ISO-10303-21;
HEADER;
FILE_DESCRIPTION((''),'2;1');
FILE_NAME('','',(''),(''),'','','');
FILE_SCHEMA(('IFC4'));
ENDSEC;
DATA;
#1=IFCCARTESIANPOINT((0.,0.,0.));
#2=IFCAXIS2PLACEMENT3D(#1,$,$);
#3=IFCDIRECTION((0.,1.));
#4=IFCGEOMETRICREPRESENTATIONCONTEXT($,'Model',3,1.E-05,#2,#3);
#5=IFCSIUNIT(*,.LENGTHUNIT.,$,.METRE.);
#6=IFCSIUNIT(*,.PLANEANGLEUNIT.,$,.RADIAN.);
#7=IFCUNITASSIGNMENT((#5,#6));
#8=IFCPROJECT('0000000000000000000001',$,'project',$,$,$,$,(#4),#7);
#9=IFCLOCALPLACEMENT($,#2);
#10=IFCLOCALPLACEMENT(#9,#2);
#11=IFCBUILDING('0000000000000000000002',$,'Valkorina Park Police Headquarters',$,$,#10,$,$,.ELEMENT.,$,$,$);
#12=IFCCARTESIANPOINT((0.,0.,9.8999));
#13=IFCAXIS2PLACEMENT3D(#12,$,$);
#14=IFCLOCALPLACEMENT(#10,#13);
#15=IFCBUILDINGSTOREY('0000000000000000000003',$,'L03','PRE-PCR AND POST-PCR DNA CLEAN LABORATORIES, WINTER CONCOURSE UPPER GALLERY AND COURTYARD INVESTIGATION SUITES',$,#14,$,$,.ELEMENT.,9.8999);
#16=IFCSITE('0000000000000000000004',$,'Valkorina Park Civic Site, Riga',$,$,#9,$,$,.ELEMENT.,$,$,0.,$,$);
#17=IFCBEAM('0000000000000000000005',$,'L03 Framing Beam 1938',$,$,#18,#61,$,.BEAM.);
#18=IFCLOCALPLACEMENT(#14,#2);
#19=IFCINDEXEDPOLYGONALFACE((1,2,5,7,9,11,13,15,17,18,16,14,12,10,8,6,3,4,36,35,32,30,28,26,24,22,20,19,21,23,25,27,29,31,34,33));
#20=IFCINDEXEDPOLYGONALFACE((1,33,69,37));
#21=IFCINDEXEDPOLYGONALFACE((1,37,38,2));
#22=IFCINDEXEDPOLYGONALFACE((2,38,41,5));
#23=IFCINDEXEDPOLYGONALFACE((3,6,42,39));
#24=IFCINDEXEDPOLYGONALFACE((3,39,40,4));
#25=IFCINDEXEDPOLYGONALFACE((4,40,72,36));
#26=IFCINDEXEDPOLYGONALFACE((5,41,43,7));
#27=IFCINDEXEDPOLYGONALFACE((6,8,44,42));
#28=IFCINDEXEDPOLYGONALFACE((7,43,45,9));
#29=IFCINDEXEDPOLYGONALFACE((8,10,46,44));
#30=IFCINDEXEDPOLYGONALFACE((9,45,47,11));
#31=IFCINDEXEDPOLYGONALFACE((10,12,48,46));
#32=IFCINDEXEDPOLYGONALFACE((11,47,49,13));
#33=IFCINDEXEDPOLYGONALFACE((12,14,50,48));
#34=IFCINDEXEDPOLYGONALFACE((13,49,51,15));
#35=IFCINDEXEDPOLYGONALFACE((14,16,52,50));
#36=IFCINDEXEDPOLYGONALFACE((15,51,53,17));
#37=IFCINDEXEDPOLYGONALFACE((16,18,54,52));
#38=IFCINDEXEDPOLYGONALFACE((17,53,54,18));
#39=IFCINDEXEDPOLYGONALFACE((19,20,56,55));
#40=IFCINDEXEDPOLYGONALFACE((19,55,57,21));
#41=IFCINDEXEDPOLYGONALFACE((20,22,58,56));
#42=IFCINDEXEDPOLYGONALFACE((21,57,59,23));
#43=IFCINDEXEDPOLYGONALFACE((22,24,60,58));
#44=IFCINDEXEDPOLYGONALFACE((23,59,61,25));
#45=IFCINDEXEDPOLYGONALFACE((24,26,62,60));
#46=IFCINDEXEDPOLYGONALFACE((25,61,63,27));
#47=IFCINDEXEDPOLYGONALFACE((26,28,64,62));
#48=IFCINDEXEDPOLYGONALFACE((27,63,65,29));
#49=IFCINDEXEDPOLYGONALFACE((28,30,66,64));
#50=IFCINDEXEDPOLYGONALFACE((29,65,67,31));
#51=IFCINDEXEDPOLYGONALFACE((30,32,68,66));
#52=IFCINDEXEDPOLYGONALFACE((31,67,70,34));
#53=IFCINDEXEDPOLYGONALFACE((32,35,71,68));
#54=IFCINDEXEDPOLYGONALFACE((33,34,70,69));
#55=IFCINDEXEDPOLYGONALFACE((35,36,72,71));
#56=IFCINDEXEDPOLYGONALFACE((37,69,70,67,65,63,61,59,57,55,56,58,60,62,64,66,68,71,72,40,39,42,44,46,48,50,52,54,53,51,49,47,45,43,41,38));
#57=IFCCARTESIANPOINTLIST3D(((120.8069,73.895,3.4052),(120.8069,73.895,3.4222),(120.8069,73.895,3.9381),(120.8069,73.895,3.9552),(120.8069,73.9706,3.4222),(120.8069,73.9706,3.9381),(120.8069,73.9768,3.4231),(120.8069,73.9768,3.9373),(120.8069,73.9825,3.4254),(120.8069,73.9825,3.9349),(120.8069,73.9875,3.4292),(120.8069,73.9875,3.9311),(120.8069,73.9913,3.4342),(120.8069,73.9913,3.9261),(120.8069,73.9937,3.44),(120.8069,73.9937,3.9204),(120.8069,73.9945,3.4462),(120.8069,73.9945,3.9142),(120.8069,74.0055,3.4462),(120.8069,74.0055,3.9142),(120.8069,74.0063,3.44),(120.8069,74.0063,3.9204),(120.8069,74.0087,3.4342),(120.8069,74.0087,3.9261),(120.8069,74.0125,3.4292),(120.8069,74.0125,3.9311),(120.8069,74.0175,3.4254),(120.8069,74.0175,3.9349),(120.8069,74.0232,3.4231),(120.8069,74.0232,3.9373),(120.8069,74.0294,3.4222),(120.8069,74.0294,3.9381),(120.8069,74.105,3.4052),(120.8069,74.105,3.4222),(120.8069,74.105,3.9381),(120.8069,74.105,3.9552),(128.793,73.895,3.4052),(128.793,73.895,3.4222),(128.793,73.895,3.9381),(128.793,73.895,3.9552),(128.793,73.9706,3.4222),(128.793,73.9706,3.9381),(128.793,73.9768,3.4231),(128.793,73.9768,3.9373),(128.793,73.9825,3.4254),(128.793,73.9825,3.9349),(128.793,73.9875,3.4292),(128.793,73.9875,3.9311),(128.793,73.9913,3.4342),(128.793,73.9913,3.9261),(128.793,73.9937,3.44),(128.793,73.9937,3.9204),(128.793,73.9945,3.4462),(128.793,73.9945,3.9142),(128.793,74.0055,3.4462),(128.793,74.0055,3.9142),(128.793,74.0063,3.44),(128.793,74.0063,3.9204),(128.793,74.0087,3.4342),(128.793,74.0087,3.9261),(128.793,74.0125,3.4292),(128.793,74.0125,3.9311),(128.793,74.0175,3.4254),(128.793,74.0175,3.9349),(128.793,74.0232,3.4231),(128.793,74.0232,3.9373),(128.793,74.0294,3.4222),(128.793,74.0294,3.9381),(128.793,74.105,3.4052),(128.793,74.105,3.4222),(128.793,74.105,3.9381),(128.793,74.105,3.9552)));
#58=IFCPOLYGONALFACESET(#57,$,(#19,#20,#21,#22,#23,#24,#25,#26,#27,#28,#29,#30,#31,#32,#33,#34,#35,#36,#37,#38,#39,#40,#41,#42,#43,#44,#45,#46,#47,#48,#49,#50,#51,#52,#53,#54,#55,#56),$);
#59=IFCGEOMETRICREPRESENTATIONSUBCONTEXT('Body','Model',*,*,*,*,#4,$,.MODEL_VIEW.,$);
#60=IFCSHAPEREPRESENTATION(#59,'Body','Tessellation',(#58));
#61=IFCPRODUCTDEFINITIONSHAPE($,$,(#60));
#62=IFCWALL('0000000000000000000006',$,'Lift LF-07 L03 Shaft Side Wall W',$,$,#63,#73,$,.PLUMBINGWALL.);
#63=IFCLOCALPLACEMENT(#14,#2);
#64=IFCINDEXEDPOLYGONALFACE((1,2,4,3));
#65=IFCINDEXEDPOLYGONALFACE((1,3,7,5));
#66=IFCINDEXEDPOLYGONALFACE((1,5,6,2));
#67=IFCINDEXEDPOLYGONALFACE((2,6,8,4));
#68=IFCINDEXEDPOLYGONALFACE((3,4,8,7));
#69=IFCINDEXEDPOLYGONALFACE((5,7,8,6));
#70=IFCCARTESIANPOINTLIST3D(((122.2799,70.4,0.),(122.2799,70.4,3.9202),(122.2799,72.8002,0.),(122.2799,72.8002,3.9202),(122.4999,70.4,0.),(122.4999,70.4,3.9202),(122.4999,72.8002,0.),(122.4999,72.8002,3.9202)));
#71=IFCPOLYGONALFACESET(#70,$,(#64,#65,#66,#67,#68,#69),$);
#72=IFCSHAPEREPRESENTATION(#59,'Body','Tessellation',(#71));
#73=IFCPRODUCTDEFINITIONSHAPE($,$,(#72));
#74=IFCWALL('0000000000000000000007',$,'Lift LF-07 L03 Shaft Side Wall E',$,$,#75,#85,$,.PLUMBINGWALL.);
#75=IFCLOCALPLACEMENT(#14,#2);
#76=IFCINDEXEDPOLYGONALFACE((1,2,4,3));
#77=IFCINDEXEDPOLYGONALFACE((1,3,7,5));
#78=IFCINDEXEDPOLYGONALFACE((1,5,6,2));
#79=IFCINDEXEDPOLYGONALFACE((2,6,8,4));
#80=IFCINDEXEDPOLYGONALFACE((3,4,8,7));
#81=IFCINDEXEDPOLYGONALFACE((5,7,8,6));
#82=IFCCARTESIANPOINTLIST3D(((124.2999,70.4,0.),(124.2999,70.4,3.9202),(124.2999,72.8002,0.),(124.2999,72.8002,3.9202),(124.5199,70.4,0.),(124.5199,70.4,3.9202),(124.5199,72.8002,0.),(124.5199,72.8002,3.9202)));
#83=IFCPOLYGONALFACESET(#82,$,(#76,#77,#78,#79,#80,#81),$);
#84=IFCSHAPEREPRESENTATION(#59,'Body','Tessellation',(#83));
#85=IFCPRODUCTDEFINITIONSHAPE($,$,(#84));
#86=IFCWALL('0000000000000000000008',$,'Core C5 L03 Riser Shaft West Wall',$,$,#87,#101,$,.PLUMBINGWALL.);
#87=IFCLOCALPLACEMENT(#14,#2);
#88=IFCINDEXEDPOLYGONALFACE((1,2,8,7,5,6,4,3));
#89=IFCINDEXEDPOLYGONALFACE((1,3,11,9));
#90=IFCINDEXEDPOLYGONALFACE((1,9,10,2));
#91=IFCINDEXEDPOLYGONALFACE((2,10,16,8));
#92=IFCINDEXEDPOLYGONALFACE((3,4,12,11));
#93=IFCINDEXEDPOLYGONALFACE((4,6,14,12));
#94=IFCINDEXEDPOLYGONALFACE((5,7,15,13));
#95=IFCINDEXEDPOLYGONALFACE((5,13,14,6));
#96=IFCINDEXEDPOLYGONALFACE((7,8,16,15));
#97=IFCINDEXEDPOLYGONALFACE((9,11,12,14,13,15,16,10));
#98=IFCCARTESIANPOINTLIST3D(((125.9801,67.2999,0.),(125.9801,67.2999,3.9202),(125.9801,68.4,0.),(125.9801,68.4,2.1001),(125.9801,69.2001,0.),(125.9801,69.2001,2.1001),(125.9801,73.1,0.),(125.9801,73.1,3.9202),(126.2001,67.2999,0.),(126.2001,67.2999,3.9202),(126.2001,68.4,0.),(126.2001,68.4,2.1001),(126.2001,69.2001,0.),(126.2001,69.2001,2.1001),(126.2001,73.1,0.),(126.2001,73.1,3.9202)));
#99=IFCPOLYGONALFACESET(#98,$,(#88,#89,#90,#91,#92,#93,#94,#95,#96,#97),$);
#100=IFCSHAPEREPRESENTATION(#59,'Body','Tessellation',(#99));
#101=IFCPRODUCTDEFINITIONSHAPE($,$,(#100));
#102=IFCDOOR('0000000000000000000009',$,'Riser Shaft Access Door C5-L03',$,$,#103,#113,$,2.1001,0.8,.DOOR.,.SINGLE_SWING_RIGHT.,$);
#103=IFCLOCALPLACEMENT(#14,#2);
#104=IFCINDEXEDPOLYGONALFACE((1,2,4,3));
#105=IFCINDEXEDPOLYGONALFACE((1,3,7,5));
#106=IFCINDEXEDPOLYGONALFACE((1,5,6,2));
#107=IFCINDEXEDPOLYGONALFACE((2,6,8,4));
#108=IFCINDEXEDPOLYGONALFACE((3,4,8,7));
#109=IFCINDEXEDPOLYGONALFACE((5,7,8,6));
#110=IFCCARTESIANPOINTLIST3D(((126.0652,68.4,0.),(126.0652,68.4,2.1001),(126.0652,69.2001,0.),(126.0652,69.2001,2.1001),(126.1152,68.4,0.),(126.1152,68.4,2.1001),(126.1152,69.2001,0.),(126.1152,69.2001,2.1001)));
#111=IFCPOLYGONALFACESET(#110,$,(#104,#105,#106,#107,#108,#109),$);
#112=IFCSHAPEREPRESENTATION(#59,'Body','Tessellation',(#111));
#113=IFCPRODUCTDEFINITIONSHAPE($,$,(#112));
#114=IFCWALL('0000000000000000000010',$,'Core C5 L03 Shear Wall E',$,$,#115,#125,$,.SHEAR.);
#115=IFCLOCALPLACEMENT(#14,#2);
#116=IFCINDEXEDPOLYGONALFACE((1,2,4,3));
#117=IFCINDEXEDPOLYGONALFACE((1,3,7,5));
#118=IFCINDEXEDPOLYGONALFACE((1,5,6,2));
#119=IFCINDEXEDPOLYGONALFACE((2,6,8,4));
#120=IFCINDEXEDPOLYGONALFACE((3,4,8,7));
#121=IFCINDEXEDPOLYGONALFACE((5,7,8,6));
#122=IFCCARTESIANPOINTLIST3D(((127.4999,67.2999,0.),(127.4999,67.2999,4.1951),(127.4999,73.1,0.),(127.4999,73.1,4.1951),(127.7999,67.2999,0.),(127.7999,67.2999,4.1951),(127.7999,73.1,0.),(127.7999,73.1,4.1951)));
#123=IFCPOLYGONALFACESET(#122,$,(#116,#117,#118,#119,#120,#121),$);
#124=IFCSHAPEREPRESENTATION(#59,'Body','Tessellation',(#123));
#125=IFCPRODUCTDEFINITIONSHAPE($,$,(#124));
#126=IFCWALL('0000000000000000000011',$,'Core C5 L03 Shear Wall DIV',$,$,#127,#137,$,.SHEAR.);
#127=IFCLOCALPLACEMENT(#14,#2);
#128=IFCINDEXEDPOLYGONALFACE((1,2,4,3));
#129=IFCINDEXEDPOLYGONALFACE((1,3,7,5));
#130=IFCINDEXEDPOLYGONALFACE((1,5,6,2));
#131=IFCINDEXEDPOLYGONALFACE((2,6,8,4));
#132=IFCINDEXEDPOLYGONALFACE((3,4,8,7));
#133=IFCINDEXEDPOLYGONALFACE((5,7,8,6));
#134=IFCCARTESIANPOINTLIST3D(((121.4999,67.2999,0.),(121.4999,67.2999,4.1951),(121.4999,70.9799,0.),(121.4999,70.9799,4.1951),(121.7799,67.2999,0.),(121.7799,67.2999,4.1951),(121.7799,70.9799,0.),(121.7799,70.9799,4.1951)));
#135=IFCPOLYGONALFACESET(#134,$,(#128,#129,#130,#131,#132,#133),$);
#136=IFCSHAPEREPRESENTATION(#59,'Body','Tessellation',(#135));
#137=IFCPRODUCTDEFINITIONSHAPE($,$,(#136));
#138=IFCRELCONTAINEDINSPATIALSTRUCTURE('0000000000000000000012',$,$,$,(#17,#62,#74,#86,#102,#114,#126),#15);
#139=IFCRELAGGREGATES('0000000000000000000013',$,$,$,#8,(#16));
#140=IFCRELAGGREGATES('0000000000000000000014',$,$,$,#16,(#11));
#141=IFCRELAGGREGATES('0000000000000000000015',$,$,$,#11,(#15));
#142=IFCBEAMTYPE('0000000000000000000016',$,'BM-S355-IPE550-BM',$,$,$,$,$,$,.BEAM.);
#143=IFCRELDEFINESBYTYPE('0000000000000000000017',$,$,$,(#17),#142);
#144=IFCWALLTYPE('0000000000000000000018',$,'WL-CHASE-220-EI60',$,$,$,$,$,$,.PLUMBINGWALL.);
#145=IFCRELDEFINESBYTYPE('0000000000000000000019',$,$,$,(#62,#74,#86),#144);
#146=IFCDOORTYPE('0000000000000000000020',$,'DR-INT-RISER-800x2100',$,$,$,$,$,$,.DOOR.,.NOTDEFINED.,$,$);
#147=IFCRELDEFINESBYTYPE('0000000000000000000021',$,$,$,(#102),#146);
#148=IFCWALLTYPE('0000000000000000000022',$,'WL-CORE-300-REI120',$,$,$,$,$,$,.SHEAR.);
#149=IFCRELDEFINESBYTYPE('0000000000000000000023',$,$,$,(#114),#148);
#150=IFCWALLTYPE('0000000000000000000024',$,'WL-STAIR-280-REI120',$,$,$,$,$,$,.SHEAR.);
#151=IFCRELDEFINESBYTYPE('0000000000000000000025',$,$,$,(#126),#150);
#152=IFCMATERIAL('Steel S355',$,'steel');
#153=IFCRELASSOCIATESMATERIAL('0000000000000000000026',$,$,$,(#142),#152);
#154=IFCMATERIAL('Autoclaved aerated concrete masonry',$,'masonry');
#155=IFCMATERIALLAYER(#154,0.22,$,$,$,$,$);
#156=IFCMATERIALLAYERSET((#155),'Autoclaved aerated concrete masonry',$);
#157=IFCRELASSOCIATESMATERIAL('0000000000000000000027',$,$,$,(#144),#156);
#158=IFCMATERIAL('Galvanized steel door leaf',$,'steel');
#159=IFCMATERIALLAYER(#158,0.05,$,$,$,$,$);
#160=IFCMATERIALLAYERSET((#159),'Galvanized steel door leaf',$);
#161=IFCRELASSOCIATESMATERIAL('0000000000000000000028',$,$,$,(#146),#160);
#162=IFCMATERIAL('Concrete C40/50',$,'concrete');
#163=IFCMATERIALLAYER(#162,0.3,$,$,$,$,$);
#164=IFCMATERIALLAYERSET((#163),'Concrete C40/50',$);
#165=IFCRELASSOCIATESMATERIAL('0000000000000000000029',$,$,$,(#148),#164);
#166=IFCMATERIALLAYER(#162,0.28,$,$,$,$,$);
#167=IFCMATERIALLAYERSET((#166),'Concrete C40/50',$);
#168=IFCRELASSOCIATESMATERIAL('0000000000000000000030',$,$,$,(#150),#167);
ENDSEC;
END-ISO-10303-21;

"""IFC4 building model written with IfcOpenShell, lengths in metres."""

from ifc_helpers import new_model, si_unit, direction, frame, frame_2d, origin, origin_2d, place, context, subcontext, project, spatial, rectangle, i_section, extrude, material, layer, layer_set, material_profile, profile_set, type_object, element, fill, save


model = new_model("IFC4")

# Units and contexts
model_context = context("Model", 3, precision=1e-05, world=origin(), true_north=direction((0.0, 1.0)))
body_context = subcontext(model_context, "Body", "Model", "MODEL_VIEW")
ifc_project = project(units=[si_unit("LENGTHUNIT", "METRE"), si_unit("PLANEANGLEUNIT", "RADIAN")], contexts=[model_context])

# Site, building, storey
site_placement = place(None, origin())
site = spatial("IfcSite", under=ifc_project, at=site_placement, Name="Valkorina Park Civic Site, Riga", CompositionType="ELEMENT", RefElevation=0.0)
building_placement = place(site_placement, origin())
building = spatial("IfcBuilding", under=site, at=building_placement, Name="Valkorina Park Police Headquarters", CompositionType="ELEMENT")
storey_placement = place(building_placement, frame((0.0, 0.0, 9.8999)))
storey = spatial("IfcBuildingStorey", under=building, at=storey_placement, Name="L03", Description="PRE-PCR AND POST-PCR DNA CLEAN LABORATORIES, WINTER CONCOURSE UPPER GALLERY AND COURTYARD INVESTIGATION SUITES", CompositionType="ELEMENT", Elevation=9.8999)

# Shared definitions
ifc_material_1 = material(Name="Steel S355", Category="steel")

# Beam
ifc_material_profile_1 = material_profile(ifc_material_1, i_section(OverallWidth=0.21, OverallDepth=0.55, WebThickness=0.011, FlangeThickness=0.0171, FilletRadius=0.0239, at=origin_2d()), Name="IPE 550")
ifc_profile_set_1 = profile_set([ifc_material_profile_1], Name="Steel S355")
beam_type_1 = type_object("IfcBeamType", Name="BM-S355-IPE550-BM", PredefinedType="BEAM", material=ifc_profile_set_1)
for number, where, z_axis, x_axis, name in (
    (1, (120.8069, 74.0, 3.6802), (1.0, 0.0, 0.0), (0.0, 1.0, 0.0), "L03 Framing Beam 1938"),
):
    element("IfcBeam", number, at=place(storey_placement, frame(where, z_axis=z_axis, x_axis=x_axis)), inside=storey, type_object=beam_type_1, Name=name, PredefinedType="BEAM", context=body_context, shape_type="SweptSolid", body=[
        extrude(i_section(OverallWidth=0.21, OverallDepth=0.55, WebThickness=0.011, FlangeThickness=0.0171, FilletRadius=0.0239, at=origin_2d()), origin(), (0.0, 0.0, 1.0), 7.9861),
    ])

# Shared definitions
ifc_material_2 = material(Name="Autoclaved aerated concrete masonry", Category="masonry")
ifc_layer_1 = layer(ifc_material_2, 0.22)
ifc_layer_set_1 = layer_set([ifc_layer_1], Name="Autoclaved aerated concrete masonry")
wall_type_1 = type_object("IfcWallType", Name="WL-CHASE-220-EI60", PredefinedType="PLUMBINGWALL", material=ifc_layer_set_1)

# Walls
for number, where, z_axis, x_axis, name in (
    (2, (122.3899, 70.3999, 0.0), (0.0, 0.0, 1.0), (0.0, 1.0, 0.0), "Lift LF-07 L03 Shaft Side Wall W"),
    (3, (124.4099, 70.3999, 0.0), (0.0, 0.0, 1.0), (0.0, 1.0, 0.0), "Lift LF-07 L03 Shaft Side Wall E"),
):
    element("IfcWall", number, at=place(storey_placement, frame(where, z_axis=z_axis, x_axis=x_axis)), inside=storey, type_object=wall_type_1, Name=name, PredefinedType="PLUMBINGWALL", context=body_context, shape_type="SweptSolid", body=[
        extrude(rectangle(XDim=2.4001, YDim=0.22, at=frame_2d((1.2002, 0.0))), origin(), (0.0, 0.0, 1.0), 3.9202),
    ])

# Wall, opening, door
wall_1_placement = place(storey_placement, frame((126.0901, 67.3, 0.0), z_axis=(0.0, 0.0, 1.0), x_axis=(0.0, 1.0, 0.0)))
wall_1 = element("IfcWall", 4, at=wall_1_placement, inside=storey, type_object=wall_type_1, Name="Core C5 L03 Riser Shaft West Wall", PredefinedType="PLUMBINGWALL", context=body_context, shape_type="SweptSolid", body=[
    extrude(rectangle(XDim=5.8, YDim=0.22, at=frame_2d((2.8999, 0.0))), origin(), (0.0, 0.0, 1.0), 3.9202),
])
opening_1_placement = place(wall_1_placement, frame((1.1001, 0.0, 0.0)))
opening_1 = element("IfcOpeningElement", 5, at=opening_1_placement, cuts=wall_1, PredefinedType="OPENING", context=body_context, shape_type="SweptSolid", body=[
    extrude(rectangle(XDim=0.8, YDim=2.1001, at=frame_2d((0.3999, 1.05))), frame((0.0, 0.1201, 0.0), z_axis=(0.0, -1.0, 0.0), x_axis=(1.0, 0.0, 0.0)), (0.0, 0.0, 1.0), 0.24),
])
ifc_material_3 = material(Name="Galvanized steel door leaf", Category="steel")
ifc_layer_2 = layer(ifc_material_3, 0.05)
ifc_layer_set_2 = layer_set([ifc_layer_2], Name="Galvanized steel door leaf")
door_type_1 = type_object("IfcDoorType", Name="DR-INT-RISER-800x2100", OperationType="NOTDEFINED", PredefinedType="DOOR", material=ifc_layer_set_2)
door_1_placement = place(opening_1_placement, origin())
door_1 = element("IfcDoor", 6, at=door_1_placement, inside=storey, type_object=door_type_1, Name="Riser Shaft Access Door C5-L03", OperationType="SINGLE_SWING_RIGHT", OverallHeight=2.1001, OverallWidth=0.8, PredefinedType="DOOR", context=body_context, shape_type="SweptSolid", body=[
    extrude(rectangle(XDim=0.8, YDim=2.1001, at=frame_2d((0.3999, 1.05))), frame((0.0, 0.0249, 0.0), z_axis=(0.0, -1.0, 0.0), x_axis=(1.0, 0.0, 0.0)), (0.0, 0.0, 1.0), 0.05),
])
fill(opening_1, door_1)

# Walls
ifc_material_4 = material(Name="Concrete C40/50", Category="concrete")
ifc_layer_3 = layer(ifc_material_4, 0.3)
ifc_layer_set_3 = layer_set([ifc_layer_3], Name="Concrete C40/50")
wall_type_2 = type_object("IfcWallType", Name="WL-CORE-300-REI120", PredefinedType="SHEAR", material=ifc_layer_set_3)
wall_2_placement = place(storey_placement, frame((127.6499, 67.3, 0.0), z_axis=(0.0, 0.0, 1.0), x_axis=(0.0, 1.0, 0.0)))
element("IfcWall", 7, at=wall_2_placement, inside=storey, type_object=wall_type_2, Name="Core C5 L03 Shear Wall E", PredefinedType="SHEAR", context=body_context, shape_type="SweptSolid", body=[
    extrude(rectangle(XDim=5.8, YDim=0.3, at=frame_2d((2.8999, 0.0))), origin(), (0.0, 0.0, 1.0), 4.1951),
])
ifc_layer_4 = layer(ifc_material_4, 0.28)
ifc_layer_set_4 = layer_set([ifc_layer_4], Name="Concrete C40/50")
wall_type_3 = type_object("IfcWallType", Name="WL-STAIR-280-REI120", PredefinedType="SHEAR", material=ifc_layer_set_4)
wall_3_placement = place(storey_placement, frame((121.6399, 67.3, 0.0), z_axis=(0.0, 0.0, 1.0), x_axis=(0.0, 1.0, 0.0)))
element("IfcWall", 8, at=wall_3_placement, inside=storey, type_object=wall_type_3, Name="Core C5 L03 Shear Wall DIV", PredefinedType="SHEAR", context=body_context, shape_type="SweptSolid", body=[
    extrude(rectangle(XDim=3.6799, YDim=0.28, at=frame_2d((1.8398, 0.0))), origin(), (0.0, 0.0, 1.0), 4.1951),
])

save(model, "model.ifc")
